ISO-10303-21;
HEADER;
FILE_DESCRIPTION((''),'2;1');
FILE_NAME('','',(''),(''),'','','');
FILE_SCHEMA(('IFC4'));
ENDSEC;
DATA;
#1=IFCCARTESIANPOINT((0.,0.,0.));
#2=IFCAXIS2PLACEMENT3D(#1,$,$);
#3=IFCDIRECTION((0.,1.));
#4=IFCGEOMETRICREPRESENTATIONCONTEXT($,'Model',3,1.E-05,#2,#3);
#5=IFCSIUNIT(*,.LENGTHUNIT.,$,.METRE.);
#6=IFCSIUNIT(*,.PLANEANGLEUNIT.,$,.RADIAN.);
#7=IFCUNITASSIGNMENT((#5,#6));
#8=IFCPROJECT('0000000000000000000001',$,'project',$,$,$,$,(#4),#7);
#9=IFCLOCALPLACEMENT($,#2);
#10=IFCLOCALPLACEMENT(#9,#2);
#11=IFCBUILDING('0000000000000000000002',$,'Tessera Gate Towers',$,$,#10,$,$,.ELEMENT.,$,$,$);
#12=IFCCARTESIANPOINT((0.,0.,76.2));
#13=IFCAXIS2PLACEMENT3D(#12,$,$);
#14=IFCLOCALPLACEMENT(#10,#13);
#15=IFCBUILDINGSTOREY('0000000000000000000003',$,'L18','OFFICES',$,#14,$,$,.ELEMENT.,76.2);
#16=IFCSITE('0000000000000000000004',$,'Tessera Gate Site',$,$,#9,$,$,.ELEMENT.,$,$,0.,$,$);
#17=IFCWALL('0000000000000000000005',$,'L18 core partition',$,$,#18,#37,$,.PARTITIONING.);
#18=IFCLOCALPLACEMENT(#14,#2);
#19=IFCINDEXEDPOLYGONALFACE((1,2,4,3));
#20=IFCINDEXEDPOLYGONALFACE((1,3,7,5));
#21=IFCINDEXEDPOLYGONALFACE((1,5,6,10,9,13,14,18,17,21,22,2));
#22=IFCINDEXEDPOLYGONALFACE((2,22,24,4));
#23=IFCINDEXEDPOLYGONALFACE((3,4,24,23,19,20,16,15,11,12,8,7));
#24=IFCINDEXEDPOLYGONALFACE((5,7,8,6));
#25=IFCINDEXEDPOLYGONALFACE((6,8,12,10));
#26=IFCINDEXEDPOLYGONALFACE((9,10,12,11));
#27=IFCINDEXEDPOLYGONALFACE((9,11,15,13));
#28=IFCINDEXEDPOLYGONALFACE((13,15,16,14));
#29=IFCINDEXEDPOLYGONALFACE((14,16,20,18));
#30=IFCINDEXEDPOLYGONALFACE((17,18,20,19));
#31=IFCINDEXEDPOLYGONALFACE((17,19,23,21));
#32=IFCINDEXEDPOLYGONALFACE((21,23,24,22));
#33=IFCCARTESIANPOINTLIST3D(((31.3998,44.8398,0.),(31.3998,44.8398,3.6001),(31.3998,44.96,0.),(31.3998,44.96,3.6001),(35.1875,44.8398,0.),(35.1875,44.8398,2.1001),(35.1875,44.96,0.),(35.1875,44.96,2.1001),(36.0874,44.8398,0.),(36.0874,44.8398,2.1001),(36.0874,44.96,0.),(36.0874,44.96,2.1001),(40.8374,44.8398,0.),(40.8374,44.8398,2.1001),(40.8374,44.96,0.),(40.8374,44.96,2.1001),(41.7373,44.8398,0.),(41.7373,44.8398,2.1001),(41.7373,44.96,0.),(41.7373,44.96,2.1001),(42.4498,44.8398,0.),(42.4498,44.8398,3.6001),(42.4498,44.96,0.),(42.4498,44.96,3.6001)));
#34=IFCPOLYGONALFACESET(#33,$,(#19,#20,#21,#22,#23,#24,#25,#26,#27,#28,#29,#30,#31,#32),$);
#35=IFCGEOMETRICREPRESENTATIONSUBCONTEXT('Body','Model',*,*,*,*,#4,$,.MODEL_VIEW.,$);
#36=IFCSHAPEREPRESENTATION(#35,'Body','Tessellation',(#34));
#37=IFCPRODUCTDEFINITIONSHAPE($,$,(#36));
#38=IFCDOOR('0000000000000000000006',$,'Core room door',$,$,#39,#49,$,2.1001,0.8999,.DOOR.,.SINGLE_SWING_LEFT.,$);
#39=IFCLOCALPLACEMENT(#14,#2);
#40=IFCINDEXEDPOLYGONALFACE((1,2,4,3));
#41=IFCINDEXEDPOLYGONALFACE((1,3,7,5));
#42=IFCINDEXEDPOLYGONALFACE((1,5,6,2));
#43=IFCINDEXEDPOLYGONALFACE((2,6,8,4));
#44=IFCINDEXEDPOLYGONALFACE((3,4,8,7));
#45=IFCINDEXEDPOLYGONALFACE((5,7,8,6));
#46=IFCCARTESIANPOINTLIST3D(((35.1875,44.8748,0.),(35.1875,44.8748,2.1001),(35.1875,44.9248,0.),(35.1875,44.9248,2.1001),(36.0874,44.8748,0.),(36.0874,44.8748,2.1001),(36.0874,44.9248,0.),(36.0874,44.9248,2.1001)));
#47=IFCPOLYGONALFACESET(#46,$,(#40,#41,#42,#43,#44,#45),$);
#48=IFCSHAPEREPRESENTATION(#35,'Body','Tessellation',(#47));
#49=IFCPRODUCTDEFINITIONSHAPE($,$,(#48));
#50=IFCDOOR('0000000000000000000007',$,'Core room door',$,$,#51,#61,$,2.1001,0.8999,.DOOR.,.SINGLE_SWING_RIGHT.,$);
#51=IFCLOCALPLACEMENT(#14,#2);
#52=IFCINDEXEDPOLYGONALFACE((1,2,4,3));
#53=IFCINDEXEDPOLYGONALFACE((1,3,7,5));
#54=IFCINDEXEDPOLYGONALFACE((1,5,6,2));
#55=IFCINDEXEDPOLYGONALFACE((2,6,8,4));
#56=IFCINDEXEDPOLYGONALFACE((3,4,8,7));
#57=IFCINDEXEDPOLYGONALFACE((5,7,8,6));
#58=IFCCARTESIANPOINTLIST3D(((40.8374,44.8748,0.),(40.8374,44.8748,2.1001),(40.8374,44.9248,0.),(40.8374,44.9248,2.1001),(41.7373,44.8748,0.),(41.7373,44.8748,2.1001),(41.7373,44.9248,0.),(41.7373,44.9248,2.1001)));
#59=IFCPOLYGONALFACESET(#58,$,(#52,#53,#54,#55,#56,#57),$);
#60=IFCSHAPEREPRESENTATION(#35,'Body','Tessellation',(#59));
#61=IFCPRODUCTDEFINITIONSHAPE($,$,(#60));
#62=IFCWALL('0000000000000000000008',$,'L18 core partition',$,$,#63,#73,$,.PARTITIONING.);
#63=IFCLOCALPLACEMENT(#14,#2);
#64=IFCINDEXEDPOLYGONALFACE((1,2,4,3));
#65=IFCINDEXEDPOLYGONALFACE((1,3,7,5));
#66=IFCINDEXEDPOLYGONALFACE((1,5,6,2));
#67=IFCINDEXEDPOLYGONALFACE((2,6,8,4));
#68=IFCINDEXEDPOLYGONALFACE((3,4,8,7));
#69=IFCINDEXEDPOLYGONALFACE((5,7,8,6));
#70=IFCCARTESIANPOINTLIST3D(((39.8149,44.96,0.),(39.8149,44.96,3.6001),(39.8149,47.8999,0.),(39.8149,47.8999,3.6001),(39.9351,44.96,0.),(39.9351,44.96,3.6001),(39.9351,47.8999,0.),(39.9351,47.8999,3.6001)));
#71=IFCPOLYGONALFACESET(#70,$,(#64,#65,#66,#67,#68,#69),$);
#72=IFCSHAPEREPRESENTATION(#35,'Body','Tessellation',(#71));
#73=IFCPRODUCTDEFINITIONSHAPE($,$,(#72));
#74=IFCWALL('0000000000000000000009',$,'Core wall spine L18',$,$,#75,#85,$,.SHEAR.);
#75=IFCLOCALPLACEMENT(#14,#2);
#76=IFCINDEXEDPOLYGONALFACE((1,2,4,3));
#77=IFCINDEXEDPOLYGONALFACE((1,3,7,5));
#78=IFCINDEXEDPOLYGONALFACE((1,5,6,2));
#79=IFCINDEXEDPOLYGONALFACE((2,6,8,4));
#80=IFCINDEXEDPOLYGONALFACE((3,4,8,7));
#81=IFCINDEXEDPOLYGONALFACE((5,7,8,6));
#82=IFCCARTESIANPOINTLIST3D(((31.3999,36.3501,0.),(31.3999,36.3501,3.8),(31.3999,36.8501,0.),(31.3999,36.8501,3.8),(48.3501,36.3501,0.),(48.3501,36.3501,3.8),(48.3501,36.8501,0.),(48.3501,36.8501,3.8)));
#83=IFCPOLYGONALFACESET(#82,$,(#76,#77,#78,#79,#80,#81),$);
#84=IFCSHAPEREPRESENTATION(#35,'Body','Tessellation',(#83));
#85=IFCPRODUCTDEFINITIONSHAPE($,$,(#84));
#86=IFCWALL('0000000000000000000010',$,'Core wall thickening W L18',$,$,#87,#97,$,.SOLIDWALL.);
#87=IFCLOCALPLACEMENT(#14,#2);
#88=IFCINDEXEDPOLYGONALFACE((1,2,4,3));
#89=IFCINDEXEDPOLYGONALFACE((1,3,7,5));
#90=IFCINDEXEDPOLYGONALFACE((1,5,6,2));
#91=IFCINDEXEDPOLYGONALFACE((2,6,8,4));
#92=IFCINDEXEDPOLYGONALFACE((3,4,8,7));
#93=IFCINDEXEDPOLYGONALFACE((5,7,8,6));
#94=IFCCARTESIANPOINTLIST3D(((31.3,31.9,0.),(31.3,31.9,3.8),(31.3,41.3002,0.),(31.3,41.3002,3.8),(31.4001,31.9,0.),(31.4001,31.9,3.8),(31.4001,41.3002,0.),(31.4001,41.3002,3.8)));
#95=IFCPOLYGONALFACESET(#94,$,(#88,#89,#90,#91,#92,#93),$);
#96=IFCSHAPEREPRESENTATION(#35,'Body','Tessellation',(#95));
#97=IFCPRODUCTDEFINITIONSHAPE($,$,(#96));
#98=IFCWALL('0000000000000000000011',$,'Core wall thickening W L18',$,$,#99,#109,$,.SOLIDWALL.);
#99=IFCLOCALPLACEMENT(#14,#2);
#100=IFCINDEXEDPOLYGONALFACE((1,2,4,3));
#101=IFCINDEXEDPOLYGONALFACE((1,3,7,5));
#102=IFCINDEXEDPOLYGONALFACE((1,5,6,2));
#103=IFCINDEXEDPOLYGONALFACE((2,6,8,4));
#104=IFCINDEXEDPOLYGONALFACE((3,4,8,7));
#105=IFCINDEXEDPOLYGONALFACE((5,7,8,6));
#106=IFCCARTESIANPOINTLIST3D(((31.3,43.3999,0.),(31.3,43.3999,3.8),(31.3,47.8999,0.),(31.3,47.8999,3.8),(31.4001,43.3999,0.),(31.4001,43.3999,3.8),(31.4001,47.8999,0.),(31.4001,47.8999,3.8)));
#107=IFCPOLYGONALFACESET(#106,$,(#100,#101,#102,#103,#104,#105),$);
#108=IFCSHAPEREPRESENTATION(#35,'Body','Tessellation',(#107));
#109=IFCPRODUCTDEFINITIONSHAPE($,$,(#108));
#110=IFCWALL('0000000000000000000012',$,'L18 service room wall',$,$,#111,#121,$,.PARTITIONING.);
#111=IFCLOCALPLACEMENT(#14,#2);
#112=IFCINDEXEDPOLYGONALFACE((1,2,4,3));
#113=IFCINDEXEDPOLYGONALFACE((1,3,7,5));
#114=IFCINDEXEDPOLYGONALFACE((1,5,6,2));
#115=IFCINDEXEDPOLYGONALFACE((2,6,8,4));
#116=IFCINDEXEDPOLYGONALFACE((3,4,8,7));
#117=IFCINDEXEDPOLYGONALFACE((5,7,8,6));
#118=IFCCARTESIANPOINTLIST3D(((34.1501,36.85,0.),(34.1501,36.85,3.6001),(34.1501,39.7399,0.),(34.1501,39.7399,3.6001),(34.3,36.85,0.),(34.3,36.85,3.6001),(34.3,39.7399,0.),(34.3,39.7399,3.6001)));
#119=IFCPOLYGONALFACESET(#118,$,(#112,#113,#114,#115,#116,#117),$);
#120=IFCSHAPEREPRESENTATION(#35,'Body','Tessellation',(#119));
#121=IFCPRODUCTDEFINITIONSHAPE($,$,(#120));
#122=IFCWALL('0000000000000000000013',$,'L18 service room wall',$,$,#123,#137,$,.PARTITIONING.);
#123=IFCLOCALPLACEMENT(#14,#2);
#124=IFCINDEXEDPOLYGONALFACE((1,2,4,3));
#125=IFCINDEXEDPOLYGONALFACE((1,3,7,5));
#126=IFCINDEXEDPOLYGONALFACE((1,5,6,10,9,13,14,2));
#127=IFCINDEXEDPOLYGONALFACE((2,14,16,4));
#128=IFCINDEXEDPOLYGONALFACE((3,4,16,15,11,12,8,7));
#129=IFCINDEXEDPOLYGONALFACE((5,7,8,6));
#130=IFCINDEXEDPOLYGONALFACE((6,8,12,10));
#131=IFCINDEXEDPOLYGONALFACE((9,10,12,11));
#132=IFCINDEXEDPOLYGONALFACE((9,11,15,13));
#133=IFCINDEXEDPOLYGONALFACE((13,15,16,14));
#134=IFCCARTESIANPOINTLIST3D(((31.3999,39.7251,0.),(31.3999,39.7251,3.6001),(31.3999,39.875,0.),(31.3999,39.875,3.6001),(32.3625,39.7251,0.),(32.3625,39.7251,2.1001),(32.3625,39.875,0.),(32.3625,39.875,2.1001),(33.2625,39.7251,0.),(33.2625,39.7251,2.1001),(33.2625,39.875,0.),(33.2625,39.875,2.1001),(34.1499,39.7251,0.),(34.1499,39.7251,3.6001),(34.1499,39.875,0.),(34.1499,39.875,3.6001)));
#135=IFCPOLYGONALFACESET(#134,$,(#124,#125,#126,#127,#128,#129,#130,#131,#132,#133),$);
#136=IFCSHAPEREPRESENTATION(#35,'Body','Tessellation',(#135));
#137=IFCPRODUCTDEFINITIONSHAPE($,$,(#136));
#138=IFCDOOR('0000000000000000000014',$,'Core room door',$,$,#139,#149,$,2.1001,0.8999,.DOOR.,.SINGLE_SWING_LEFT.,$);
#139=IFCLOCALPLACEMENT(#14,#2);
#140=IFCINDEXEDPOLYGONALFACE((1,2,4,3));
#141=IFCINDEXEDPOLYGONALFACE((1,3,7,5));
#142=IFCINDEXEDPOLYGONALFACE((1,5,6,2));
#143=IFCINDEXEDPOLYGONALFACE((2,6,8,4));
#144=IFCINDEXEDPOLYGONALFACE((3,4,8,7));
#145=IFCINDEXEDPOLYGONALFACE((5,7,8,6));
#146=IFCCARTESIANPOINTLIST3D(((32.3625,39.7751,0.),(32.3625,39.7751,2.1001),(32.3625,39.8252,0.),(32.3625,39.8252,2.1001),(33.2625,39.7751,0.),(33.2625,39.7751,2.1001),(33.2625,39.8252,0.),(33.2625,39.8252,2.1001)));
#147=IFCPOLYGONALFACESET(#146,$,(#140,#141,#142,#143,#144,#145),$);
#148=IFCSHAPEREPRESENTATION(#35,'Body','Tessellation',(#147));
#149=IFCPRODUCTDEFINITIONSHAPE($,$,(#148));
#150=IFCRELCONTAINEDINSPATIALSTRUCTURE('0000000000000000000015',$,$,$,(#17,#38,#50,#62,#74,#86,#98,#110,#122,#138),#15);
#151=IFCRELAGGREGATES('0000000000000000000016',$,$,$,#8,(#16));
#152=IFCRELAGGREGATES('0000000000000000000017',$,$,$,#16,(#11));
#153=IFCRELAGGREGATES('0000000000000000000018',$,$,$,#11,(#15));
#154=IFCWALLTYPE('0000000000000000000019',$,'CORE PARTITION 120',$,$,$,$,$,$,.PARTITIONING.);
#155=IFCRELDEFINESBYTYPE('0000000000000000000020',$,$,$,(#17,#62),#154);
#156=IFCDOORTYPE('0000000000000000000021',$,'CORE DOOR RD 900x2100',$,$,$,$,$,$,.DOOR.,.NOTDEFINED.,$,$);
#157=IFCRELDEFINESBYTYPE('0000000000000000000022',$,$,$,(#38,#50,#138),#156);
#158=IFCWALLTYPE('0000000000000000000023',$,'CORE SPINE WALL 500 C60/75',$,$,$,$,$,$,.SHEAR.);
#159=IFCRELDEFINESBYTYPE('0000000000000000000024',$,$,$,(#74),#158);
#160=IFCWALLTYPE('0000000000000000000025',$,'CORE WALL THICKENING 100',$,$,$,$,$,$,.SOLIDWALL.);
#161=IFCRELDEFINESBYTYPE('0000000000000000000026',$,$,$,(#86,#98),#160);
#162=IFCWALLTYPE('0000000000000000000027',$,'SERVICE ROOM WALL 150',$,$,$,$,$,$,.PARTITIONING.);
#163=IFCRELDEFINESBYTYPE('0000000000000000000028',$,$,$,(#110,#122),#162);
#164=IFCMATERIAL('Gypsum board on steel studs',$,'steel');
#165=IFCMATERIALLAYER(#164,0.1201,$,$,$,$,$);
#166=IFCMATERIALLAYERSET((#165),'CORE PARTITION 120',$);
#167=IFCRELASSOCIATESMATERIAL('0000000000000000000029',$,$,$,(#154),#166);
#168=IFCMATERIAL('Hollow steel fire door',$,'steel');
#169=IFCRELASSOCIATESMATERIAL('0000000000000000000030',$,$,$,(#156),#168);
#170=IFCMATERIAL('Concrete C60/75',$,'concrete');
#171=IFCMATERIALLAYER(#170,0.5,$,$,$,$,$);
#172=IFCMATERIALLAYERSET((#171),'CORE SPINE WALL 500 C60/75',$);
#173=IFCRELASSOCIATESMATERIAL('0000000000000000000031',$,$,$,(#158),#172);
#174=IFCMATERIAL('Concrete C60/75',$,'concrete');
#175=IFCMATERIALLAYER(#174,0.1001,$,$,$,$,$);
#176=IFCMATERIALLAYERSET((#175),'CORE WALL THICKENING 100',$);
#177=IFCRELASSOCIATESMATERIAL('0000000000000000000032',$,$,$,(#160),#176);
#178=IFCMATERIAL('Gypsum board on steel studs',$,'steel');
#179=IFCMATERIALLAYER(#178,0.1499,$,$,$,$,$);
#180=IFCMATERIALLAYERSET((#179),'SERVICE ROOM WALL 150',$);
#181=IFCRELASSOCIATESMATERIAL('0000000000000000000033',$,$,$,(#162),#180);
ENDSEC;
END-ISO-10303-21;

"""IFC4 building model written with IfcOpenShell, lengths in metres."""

from ifc_helpers import new_model, si_unit, direction, frame, frame_2d, origin, place, context, subcontext, project, spatial, rectangle, extrude, source, transform, mapped, material, layer, layer_set, type_object, element, fill, save


model = new_model("IFC4")

# Units and contexts
model_context = context("Model", 3, precision=1e-05, world=origin(), true_north=direction((0.0, 1.0)))
body_context = subcontext(model_context, "Body", "Model", "MODEL_VIEW")
ifc_project = project(units=[si_unit("LENGTHUNIT", "METRE"), si_unit("PLANEANGLEUNIT", "RADIAN")], contexts=[model_context])

# Site, building, storey
site_placement = place(None, origin())
site = spatial("IfcSite", under=ifc_project, at=site_placement, Name="Tessera Gate Site", CompositionType="ELEMENT", RefElevation=0.0)
building_placement = place(site_placement, origin())
building = spatial("IfcBuilding", under=site, at=building_placement, Name="Tessera Gate Towers", CompositionType="ELEMENT")
storey_placement = place(building_placement, frame((0.0, 0.0, 76.2)))
storey = spatial("IfcBuildingStorey", under=building, at=storey_placement, Name="L18", Description="OFFICES", CompositionType="ELEMENT", Elevation=76.2)

# Wall, openings, doors
ifc_material_1 = material(Name="Gypsum board on steel studs", Category="steel")
ifc_layer_1 = layer(ifc_material_1, 0.1201)
ifc_layer_set_1 = layer_set([ifc_layer_1], Name="CORE PARTITION 120")
wall_type_1 = type_object("IfcWallType", Name="CORE PARTITION 120", PredefinedType="PARTITIONING", material=ifc_layer_set_1)
wall_1_placement = place(storey_placement, frame((31.3999, 44.8999, 0.0), z_axis=(0.0, 0.0, 1.0), x_axis=(1.0, 0.0, 0.0)))
wall_1 = element("IfcWall", 1, at=wall_1_placement, inside=storey, type_object=wall_type_1, Name="L18 core partition", PredefinedType="PARTITIONING", context=body_context, shape_type="SweptSolid", body=[
    extrude(rectangle(XDim=11.05, YDim=0.1201, at=frame_2d((5.5249, 0.0))), origin(), (0.0, 0.0, 1.0), 3.6001),
])
shared_shape_1 = source(origin(), body_context, "Body", "SweptSolid", [
    extrude(rectangle(XDim=0.8999, YDim=2.1001, at=frame_2d((0.45, 1.05))), frame((0.0, 0.0701, 0.0), z_axis=(0.0, -1.0, 0.0), x_axis=(1.0, 0.0, 0.0)), (0.0, 0.0, 1.0), 0.1401),
])
opening_1_placement = place(wall_1_placement, frame((3.7876, 0.0, 0.0)))
opening_1 = element("IfcOpeningElement", 2, at=opening_1_placement, cuts=wall_1, PredefinedType="OPENING", context=body_context, shape_type="MappedRepresentation", body=[
    mapped(shared_shape_1, transform((0.0, 0.0, 0.0), scale=1.0)),
])
opening_2_placement = place(wall_1_placement, frame((9.4375, 0.0, 0.0)))
opening_2 = element("IfcOpeningElement", 3, at=opening_2_placement, cuts=wall_1, PredefinedType="OPENING", context=body_context, shape_type="MappedRepresentation", body=[
    mapped(shared_shape_1, transform((0.0, 0.0, 0.0), scale=1.0)),
])
ifc_material_2 = material(Name="Hollow steel fire door", Category="steel")
door_type_1 = type_object("IfcDoorType", Name="CORE DOOR RD 900x2100", OperationType="NOTDEFINED", PredefinedType="DOOR", material=ifc_material_2)
shared_shape_2 = source(origin(), body_context, "Body", "SweptSolid", [
    extrude(rectangle(XDim=0.8999, YDim=2.1001, at=frame_2d((0.45, 1.05))), frame((0.0, 0.0249, 0.0), z_axis=(0.0, -1.0, 0.0), x_axis=(1.0, 0.0, 0.0)), (0.0, 0.0, 1.0), 0.05),
])
door_1_placement = place(opening_1_placement, origin())
door_1 = element("IfcDoor", 4, at=door_1_placement, inside=storey, type_object=door_type_1, Name="Core room door", OperationType="SINGLE_SWING_LEFT", OverallHeight=2.1001, OverallWidth=0.8999, PredefinedType="DOOR", context=body_context, shape_type="MappedRepresentation", body=[
    mapped(shared_shape_2, transform((0.0, 0.0, 0.0), scale=1.0)),
])
fill(opening_1, door_1)
door_2_placement = place(opening_2_placement, origin())
door_2 = element("IfcDoor", 5, at=door_2_placement, inside=storey, type_object=door_type_1, Name="Core room door", OperationType="SINGLE_SWING_RIGHT", OverallHeight=2.1001, OverallWidth=0.8999, PredefinedType="DOOR", context=body_context, shape_type="MappedRepresentation", body=[
    mapped(shared_shape_2, transform((0.0, 0.0, 0.0), scale=1.0)),
])
fill(opening_2, door_2)

# Walls
wall_2_placement = place(storey_placement, frame((39.875, 44.96, 0.0), z_axis=(0.0, 0.0, 1.0), x_axis=(0.0, 1.0, 0.0)))
element("IfcWall", 6, at=wall_2_placement, inside=storey, type_object=wall_type_1, Name="L18 core partition", PredefinedType="PARTITIONING", context=body_context, shape_type="SweptSolid", body=[
    extrude(rectangle(XDim=2.9399, YDim=0.1201, at=frame_2d((1.47, 0.0))), origin(), (0.0, 0.0, 1.0), 3.6001),
])
ifc_material_3 = material(Name="Concrete C60/75", Category="concrete")
ifc_layer_2 = layer(ifc_material_3, 0.5)
ifc_layer_set_2 = layer_set([ifc_layer_2], Name="CORE SPINE WALL 500 C60/75")
wall_type_2 = type_object("IfcWallType", Name="CORE SPINE WALL 500 C60/75", PredefinedType="SHEAR", material=ifc_layer_set_2)
wall_3_placement = place(storey_placement, frame((31.3999, 36.6001, 0.0), z_axis=(0.0, 0.0, 1.0), x_axis=(1.0, 0.0, 0.0)))
element("IfcWall", 7, at=wall_3_placement, inside=storey, type_object=wall_type_2, Name="Core wall spine L18", PredefinedType="SHEAR", context=body_context, shape_type="SweptSolid", body=[
    extrude(rectangle(XDim=16.9502, YDim=0.5, at=frame_2d((8.4751, 0.0))), origin(), (0.0, 0.0, 1.0), 3.8),
])
ifc_material_4 = material(Name="Concrete C60/75", Category="concrete")
ifc_layer_3 = layer(ifc_material_4, 0.1001)
ifc_layer_set_3 = layer_set([ifc_layer_3], Name="CORE WALL THICKENING 100")
wall_type_3 = type_object("IfcWallType", Name="CORE WALL THICKENING 100", PredefinedType="SOLIDWALL", material=ifc_layer_set_3)
wall_4_placement = place(storey_placement, frame((31.3501, 31.8999, 0.0), z_axis=(0.0, 0.0, 1.0), x_axis=(0.0, 1.0, 0.0)))
element("IfcWall", 8, at=wall_4_placement, inside=storey, type_object=wall_type_3, Name="Core wall thickening W L18", PredefinedType="SOLIDWALL", context=body_context, shape_type="SweptSolid", body=[
    extrude(rectangle(XDim=9.4001, YDim=0.1001, at=frame_2d((4.7002, 0.0))), origin(), (0.0, 0.0, 1.0), 3.8),
])
wall_5_placement = place(storey_placement, frame((31.3501, 43.3999, 0.0), z_axis=(0.0, 0.0, 1.0), x_axis=(0.0, 1.0, 0.0)))
element("IfcWall", 9, at=wall_5_placement, inside=storey, type_object=wall_type_3, Name="Core wall thickening W L18", PredefinedType="SOLIDWALL", context=body_context, shape_type="SweptSolid", body=[
    extrude(rectangle(XDim=4.5, YDim=0.1001, at=frame_2d((2.25, 0.0))), origin(), (0.0, 0.0, 1.0), 3.8),
])
ifc_material_5 = material(Name="Gypsum board on steel studs", Category="steel")
ifc_layer_4 = layer(ifc_material_5, 0.1499)
ifc_layer_set_4 = layer_set([ifc_layer_4], Name="SERVICE ROOM WALL 150")
wall_type_4 = type_object("IfcWallType", Name="SERVICE ROOM WALL 150", PredefinedType="PARTITIONING", material=ifc_layer_set_4)
wall_6_placement = place(storey_placement, frame((34.2251, 36.8501, 0.0), z_axis=(0.0, 0.0, 1.0), x_axis=(0.0, 1.0, 0.0)))
element("IfcWall", 10, at=wall_6_placement, inside=storey, type_object=wall_type_4, Name="L18 service room wall", PredefinedType="PARTITIONING", context=body_context, shape_type="SweptSolid", body=[
    extrude(rectangle(XDim=2.8899, YDim=0.1499, at=frame_2d((1.4448, 0.0))), origin(), (0.0, 0.0, 1.0), 3.6001),
])

# Wall, opening, door
wall_7_placement = place(storey_placement, frame((34.1499, 39.8, 0.0), z_axis=(0.0, 0.0, 1.0), x_axis=(-1.0, 0.0, 0.0)))
wall_7 = element("IfcWall", 11, at=wall_7_placement, inside=storey, type_object=wall_type_4, Name="L18 service room wall", PredefinedType="PARTITIONING", context=body_context, shape_type="SweptSolid", body=[
    extrude(rectangle(XDim=2.75, YDim=0.1499, at=frame_2d((1.375, 0.0))), origin(), (0.0, 0.0, 1.0), 3.6001),
])
shared_shape_3 = source(origin(), body_context, "Body", "SweptSolid", [
    extrude(rectangle(XDim=0.8999, YDim=2.1001, at=frame_2d((0.45, 1.05))), frame((0.0, 0.085, 0.0), z_axis=(0.0, -1.0, 0.0), x_axis=(1.0, 0.0, 0.0)), (0.0, 0.0, 1.0), 0.1699),
])
opening_3_placement = place(wall_7_placement, frame((0.8875, 0.0, 0.0)))
opening_3 = element("IfcOpeningElement", 12, at=opening_3_placement, cuts=wall_7, PredefinedType="OPENING", context=body_context, shape_type="MappedRepresentation", body=[
    mapped(shared_shape_3, transform((0.0, 0.0, 0.0), scale=1.0)),
])
door_3_placement = place(opening_3_placement, origin())
door_3 = element("IfcDoor", 13, at=door_3_placement, inside=storey, type_object=door_type_1, Name="Core room door", OperationType="SINGLE_SWING_LEFT", OverallHeight=2.1001, OverallWidth=0.8999, PredefinedType="DOOR", context=body_context, shape_type="MappedRepresentation", body=[
    mapped(shared_shape_2, transform((0.0, 0.0, 0.0), scale=1.0)),
])
fill(opening_3, door_3)

save(model, "model.ifc")
